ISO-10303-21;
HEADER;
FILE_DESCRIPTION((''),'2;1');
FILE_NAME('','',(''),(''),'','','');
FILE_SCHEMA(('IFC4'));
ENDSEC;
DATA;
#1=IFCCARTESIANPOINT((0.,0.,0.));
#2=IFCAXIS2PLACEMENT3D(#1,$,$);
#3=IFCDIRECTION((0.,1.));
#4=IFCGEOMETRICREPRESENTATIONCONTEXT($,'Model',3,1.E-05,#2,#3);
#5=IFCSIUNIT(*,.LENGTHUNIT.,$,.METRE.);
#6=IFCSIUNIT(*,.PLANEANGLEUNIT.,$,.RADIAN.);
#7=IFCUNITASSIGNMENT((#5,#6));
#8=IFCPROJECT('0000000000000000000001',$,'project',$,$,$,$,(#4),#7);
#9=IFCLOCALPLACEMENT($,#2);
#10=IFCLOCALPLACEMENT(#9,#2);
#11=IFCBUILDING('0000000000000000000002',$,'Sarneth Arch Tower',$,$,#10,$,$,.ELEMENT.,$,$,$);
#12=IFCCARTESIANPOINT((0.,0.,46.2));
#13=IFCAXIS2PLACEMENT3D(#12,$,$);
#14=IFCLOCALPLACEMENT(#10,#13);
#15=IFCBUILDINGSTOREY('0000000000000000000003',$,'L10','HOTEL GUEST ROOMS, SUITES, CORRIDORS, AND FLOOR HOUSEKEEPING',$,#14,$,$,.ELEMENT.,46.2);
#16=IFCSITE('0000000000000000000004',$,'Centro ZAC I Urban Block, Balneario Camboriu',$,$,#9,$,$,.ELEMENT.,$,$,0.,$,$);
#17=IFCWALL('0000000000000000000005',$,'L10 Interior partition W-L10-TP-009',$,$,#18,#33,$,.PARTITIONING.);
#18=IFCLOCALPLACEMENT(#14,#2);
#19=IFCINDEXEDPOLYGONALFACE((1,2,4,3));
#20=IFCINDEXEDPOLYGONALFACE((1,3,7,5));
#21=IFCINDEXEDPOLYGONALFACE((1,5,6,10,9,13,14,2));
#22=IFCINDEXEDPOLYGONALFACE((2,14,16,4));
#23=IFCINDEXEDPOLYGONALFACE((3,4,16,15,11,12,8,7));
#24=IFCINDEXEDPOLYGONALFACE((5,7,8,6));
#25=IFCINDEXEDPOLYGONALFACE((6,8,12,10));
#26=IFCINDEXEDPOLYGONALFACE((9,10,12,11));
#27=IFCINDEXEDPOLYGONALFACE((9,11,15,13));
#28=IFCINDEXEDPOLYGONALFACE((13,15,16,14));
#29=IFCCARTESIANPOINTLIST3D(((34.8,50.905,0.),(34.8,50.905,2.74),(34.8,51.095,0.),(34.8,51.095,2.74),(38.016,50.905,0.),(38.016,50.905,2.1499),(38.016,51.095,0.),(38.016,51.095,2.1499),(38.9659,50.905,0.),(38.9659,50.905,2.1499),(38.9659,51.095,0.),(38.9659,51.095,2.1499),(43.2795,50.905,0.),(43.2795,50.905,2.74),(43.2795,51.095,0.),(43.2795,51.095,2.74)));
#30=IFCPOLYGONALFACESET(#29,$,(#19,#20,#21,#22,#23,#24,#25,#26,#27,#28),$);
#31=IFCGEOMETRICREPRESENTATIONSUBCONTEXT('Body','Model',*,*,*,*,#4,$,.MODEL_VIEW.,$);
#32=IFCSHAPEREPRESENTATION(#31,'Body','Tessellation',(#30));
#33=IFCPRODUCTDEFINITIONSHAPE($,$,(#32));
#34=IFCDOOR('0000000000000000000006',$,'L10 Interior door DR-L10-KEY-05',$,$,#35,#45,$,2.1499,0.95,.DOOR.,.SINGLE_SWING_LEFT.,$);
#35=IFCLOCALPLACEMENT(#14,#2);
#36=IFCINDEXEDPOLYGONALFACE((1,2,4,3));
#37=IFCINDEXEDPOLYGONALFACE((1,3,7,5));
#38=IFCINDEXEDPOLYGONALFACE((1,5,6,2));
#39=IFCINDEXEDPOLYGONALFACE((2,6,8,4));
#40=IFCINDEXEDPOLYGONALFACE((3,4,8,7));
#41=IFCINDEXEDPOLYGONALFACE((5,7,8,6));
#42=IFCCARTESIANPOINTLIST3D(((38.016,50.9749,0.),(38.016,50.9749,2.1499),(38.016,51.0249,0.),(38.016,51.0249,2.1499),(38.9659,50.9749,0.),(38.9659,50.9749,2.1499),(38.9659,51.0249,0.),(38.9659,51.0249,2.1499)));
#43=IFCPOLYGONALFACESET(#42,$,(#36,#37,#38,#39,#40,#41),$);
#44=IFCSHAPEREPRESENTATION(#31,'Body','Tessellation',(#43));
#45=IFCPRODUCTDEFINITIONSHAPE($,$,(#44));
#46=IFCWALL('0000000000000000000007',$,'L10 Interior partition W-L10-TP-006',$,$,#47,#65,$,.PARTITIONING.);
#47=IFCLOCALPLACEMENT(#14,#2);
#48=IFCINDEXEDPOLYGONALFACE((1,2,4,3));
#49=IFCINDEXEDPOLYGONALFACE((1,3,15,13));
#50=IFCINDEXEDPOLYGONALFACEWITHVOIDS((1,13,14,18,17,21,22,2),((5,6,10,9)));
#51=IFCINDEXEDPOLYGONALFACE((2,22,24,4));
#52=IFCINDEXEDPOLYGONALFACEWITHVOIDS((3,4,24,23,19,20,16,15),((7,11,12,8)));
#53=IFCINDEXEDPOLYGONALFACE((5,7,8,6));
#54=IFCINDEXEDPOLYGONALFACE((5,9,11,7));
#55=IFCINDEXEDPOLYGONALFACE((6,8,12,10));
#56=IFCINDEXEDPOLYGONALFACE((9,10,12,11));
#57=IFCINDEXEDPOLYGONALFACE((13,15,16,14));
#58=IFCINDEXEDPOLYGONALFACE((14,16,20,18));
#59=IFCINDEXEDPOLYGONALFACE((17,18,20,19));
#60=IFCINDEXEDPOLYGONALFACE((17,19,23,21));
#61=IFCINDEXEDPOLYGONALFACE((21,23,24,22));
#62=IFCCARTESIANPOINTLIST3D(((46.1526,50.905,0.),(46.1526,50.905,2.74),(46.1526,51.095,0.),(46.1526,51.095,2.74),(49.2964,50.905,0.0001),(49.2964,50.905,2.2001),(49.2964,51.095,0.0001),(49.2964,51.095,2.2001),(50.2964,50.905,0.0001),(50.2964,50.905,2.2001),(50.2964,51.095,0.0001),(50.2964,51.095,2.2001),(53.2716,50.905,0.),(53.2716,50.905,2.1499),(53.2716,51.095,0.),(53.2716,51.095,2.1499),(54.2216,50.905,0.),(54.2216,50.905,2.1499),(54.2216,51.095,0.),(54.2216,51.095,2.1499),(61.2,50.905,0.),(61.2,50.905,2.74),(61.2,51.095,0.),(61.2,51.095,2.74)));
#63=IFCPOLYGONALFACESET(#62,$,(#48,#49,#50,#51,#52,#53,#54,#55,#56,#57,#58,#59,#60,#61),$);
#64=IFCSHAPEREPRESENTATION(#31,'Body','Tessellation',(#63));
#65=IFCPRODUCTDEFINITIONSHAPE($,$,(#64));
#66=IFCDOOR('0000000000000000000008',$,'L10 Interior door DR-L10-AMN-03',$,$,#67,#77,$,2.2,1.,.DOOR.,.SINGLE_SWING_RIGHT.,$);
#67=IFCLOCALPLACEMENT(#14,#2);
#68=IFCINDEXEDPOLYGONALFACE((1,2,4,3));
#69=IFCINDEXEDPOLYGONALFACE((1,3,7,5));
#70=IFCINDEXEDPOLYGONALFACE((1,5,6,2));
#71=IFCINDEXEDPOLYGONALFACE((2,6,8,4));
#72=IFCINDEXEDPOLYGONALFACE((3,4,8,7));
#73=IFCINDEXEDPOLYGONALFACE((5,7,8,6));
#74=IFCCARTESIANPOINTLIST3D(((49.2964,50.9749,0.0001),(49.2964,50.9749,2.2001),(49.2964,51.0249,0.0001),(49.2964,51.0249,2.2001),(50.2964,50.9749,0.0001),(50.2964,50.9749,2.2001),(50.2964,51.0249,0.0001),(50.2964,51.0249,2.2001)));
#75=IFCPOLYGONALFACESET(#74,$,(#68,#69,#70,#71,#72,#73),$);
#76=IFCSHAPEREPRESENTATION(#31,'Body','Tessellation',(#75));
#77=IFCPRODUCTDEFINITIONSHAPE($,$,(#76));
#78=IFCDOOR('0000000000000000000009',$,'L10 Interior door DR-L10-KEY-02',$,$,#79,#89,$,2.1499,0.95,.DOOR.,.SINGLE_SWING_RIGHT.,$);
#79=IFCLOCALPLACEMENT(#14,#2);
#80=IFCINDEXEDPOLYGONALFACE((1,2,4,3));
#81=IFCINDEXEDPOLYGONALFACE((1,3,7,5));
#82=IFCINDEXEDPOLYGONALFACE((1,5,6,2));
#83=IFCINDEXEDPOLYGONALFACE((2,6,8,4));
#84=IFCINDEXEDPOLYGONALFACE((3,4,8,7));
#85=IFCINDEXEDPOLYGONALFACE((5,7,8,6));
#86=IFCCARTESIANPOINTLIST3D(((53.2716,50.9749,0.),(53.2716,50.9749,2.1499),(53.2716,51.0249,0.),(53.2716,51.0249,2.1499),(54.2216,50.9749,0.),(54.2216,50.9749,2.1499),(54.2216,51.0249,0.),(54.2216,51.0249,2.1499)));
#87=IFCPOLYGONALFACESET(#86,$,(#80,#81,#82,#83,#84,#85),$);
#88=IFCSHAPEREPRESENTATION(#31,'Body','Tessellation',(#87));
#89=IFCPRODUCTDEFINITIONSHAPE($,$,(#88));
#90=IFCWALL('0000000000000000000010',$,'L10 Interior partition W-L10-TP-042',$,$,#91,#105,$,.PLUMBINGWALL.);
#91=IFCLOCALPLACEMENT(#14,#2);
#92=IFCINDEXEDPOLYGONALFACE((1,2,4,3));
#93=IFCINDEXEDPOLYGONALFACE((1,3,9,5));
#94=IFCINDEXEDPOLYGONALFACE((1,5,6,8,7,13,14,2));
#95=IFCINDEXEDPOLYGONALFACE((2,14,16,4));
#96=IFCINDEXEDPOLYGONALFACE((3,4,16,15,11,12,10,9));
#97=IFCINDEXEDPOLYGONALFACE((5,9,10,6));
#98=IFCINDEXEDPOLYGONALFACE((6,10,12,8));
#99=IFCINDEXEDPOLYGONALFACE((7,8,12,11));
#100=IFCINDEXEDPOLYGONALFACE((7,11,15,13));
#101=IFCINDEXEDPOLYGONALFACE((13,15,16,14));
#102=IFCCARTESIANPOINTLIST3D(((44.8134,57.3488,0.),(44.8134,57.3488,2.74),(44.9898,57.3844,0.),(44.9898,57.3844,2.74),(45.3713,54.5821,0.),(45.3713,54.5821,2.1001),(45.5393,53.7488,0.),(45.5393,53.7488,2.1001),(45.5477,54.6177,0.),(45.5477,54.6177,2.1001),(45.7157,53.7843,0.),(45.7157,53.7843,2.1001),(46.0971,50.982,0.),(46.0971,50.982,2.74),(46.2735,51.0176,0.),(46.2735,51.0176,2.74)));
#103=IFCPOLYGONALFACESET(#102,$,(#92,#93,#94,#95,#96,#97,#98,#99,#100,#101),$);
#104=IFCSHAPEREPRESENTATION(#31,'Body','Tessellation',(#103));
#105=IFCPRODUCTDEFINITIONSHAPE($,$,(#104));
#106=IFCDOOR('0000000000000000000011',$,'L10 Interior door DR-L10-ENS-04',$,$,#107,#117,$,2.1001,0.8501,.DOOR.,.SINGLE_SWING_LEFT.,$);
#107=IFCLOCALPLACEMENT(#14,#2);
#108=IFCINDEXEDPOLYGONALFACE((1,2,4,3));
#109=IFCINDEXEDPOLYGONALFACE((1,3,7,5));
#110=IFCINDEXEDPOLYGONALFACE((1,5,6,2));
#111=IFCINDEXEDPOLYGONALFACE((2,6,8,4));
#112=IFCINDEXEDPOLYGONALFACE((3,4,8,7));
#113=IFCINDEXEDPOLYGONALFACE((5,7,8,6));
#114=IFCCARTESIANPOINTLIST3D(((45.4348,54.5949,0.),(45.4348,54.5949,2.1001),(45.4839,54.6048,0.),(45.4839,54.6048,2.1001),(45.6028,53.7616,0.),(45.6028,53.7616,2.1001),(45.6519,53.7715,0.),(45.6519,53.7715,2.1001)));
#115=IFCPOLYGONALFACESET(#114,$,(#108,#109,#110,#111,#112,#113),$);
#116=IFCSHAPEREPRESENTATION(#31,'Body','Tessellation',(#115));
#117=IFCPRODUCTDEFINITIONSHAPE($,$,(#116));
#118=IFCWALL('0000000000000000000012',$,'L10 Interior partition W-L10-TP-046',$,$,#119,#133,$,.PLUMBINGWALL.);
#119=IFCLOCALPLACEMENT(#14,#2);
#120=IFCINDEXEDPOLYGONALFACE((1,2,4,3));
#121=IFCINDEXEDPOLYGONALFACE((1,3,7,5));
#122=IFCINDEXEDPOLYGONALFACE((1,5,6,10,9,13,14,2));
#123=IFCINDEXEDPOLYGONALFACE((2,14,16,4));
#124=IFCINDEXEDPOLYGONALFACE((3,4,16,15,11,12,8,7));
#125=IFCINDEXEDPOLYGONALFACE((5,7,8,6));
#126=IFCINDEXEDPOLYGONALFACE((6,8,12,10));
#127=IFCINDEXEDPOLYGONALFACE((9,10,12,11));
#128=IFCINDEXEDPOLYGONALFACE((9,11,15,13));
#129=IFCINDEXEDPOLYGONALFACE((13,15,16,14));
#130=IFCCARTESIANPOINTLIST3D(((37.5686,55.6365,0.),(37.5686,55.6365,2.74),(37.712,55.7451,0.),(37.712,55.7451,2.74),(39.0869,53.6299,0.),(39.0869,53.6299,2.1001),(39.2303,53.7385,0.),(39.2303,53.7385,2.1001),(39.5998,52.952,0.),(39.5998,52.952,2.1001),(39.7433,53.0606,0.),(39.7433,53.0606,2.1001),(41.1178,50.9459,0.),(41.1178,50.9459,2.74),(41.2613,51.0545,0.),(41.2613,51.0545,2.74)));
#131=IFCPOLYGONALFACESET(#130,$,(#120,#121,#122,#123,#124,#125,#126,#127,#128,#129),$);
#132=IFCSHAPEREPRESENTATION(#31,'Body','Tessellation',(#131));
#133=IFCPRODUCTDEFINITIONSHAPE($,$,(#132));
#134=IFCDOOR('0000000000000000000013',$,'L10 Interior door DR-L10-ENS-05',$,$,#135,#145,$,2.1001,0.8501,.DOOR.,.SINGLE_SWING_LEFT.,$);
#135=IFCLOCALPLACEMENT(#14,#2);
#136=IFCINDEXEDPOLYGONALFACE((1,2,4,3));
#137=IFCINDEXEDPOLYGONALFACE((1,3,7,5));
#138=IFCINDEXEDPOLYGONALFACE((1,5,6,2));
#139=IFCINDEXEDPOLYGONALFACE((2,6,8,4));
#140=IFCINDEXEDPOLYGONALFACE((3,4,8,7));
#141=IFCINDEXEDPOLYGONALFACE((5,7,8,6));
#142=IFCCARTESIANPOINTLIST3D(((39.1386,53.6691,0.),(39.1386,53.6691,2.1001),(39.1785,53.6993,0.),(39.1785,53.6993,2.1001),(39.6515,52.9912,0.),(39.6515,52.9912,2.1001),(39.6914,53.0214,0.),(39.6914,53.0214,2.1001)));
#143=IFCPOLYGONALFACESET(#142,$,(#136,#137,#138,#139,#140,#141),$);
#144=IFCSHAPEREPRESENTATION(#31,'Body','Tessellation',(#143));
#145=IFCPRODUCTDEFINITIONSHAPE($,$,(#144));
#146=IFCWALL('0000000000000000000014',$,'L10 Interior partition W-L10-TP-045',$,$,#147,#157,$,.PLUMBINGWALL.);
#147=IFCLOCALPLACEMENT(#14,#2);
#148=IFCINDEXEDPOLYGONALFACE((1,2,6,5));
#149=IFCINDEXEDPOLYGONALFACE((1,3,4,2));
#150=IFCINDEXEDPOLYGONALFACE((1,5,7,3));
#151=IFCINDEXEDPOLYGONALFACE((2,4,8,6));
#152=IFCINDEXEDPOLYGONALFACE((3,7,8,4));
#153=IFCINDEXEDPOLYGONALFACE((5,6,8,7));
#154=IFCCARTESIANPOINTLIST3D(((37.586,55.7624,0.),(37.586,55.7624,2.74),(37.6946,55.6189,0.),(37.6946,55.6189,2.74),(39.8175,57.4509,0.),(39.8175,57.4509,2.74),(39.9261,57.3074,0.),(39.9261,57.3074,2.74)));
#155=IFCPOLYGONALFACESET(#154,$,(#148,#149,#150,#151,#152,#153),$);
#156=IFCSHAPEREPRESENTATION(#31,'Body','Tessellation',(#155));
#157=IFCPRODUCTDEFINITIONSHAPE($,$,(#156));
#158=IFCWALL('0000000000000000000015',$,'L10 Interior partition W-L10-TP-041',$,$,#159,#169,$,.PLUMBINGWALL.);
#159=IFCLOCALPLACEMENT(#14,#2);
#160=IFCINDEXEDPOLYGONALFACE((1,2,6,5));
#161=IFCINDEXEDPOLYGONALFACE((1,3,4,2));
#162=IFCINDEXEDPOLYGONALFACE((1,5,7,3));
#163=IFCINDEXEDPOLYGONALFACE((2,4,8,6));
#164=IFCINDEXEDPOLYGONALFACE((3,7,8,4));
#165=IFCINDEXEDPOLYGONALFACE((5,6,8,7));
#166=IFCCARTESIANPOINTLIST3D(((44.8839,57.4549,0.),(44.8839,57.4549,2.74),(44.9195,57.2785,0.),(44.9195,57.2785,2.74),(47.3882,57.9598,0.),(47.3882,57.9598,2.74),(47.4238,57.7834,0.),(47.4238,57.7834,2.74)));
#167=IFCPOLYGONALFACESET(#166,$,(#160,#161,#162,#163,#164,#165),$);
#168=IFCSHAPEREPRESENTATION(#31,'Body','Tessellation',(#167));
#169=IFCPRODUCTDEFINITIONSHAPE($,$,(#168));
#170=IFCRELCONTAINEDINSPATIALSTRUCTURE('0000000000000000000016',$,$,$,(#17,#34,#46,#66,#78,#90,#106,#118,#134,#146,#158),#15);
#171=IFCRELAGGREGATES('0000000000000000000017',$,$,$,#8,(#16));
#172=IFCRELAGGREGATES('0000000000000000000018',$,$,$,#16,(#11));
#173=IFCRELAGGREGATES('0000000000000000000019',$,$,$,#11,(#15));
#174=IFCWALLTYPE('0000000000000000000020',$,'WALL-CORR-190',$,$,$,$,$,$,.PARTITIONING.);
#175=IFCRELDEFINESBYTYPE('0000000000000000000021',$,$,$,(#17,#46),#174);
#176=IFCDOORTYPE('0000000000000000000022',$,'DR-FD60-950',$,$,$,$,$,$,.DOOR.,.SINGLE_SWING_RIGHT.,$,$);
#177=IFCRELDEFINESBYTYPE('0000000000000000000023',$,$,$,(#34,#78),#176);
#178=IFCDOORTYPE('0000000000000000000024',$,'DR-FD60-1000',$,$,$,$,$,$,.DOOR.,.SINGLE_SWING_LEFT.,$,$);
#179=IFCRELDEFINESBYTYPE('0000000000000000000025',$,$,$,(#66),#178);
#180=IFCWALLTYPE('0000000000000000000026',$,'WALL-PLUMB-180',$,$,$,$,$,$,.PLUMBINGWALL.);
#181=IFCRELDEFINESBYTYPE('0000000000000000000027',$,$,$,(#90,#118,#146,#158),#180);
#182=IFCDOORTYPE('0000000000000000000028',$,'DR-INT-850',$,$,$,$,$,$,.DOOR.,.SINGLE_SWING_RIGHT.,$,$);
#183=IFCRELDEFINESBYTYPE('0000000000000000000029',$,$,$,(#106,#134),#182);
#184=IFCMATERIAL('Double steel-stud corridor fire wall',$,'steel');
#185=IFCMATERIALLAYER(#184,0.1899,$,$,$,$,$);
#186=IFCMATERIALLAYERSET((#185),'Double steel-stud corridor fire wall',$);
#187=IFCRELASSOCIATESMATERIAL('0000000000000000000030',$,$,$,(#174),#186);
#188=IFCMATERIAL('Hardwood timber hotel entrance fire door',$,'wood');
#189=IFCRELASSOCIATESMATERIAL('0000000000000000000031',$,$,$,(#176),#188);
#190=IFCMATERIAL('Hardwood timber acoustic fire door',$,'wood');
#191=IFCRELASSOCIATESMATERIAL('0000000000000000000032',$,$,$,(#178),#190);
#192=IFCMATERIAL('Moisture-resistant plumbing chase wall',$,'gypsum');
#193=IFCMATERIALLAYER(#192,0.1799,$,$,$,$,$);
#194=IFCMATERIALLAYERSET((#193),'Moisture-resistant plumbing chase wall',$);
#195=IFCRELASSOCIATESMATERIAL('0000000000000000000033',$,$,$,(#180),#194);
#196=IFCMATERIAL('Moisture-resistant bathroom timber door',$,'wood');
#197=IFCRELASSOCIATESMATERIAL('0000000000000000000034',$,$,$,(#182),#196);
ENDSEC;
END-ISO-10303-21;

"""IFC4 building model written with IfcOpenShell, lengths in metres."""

from ifc_helpers import new_model, si_unit, direction, frame, frame_2d, origin, place, context, subcontext, project, spatial, rectangle, extrude, material, layer, layer_set, type_object, element, fill, save


model = new_model("IFC4")

# Units and contexts
model_context = context("Model", 3, precision=1e-05, world=origin(), true_north=direction((0.0, 1.0)))
body_context = subcontext(model_context, "Body", "Model", "MODEL_VIEW")
ifc_project = project(units=[si_unit("LENGTHUNIT", "METRE"), si_unit("PLANEANGLEUNIT", "RADIAN")], contexts=[model_context])

# Site, building, storey
site_placement = place(None, origin())
site = spatial("IfcSite", under=ifc_project, at=site_placement, Name="Centro ZAC I Urban Block, Balneario Camboriu", CompositionType="ELEMENT", RefElevation=0.0)
building_placement = place(site_placement, origin())
building = spatial("IfcBuilding", under=site, at=building_placement, Name="Sarneth Arch Tower", CompositionType="ELEMENT")
storey_placement = place(building_placement, frame((0.0, 0.0, 46.2)))
storey = spatial("IfcBuildingStorey", under=building, at=storey_placement, Name="L10", Description="HOTEL GUEST ROOMS, SUITES, CORRIDORS, AND FLOOR HOUSEKEEPING", CompositionType="ELEMENT", Elevation=46.2)

# Wall, opening, door
ifc_material_1 = material(Name="Double steel-stud corridor fire wall", Category="steel")
ifc_layer_1 = layer(ifc_material_1, 0.1899)
ifc_layer_set_1 = layer_set([ifc_layer_1], Name="Double steel-stud corridor fire wall")
wall_type_1 = type_object("IfcWallType", Name="WALL-CORR-190", PredefinedType="PARTITIONING", material=ifc_layer_set_1)
wall_1_placement = place(storey_placement, frame((34.8, 51.0, 0.0), z_axis=(0.0, 0.0, 1.0), x_axis=(1.0, 0.0, 0.0)))
wall_1 = element("IfcWall", 1, at=wall_1_placement, inside=storey, type_object=wall_type_1, Name="L10 Interior partition W-L10-TP-009", PredefinedType="PARTITIONING", context=body_context, shape_type="SweptSolid", body=[
    extrude(rectangle(XDim=8.4795, YDim=0.1899, at=frame_2d((4.2397, 0.0))), origin(), (0.0, 0.0, 1.0), 2.74),
])
opening_1_placement = place(wall_1_placement, frame((3.2158, 0.0, 0.0)))
opening_1 = element("IfcOpeningElement", 2, at=opening_1_placement, cuts=wall_1, PredefinedType="OPENING", context=body_context, shape_type="SweptSolid", body=[
    extrude(rectangle(XDim=0.95, YDim=2.1499, at=frame_2d((0.4751, 1.075))), frame((0.0, 0.105, 0.0), z_axis=(0.0, -1.0, 0.0), x_axis=(1.0, 0.0, 0.0)), (0.0, 0.0, 1.0), 0.21),
])
ifc_material_2 = material(Name="Hardwood timber hotel entrance fire door", Category="wood")
door_type_1 = type_object("IfcDoorType", Name="DR-FD60-950", OperationType="SINGLE_SWING_RIGHT", PredefinedType="DOOR", material=ifc_material_2)
door_1_placement = place(opening_1_placement, origin())
door_1 = element("IfcDoor", 3, at=door_1_placement, inside=storey, type_object=door_type_1, Name="L10 Interior door DR-L10-KEY-05", OperationType="SINGLE_SWING_LEFT", OverallHeight=2.1499, OverallWidth=0.95, PredefinedType="DOOR", context=body_context, shape_type="SweptSolid", body=[
    extrude(rectangle(XDim=0.95, YDim=2.1499, at=frame_2d((0.4751, 1.075))), frame((0.0, 0.0249, 0.0), z_axis=(0.0, -1.0, 0.0), x_axis=(1.0, 0.0, 0.0)), (0.0, 0.0, 1.0), 0.05),
])
fill(opening_1, door_1)

# Wall, openings, doors
wall_2_placement = place(storey_placement, frame((46.1526, 51.0, 0.0), z_axis=(0.0, 0.0, 1.0), x_axis=(1.0, 0.0, 0.0)))
wall_2 = element("IfcWall", 4, at=wall_2_placement, inside=storey, type_object=wall_type_1, Name="L10 Interior partition W-L10-TP-006", PredefinedType="PARTITIONING", context=body_context, shape_type="SweptSolid", body=[
    extrude(rectangle(XDim=15.0474, YDim=0.1899, at=frame_2d((7.5237, 0.0))), origin(), (0.0, 0.0, 1.0), 2.74),
])
opening_2_placement = place(wall_2_placement, frame((3.1438, 0.0, 0.0)))
opening_2 = element("IfcOpeningElement", 5, at=opening_2_placement, cuts=wall_2, PredefinedType="OPENING", context=body_context, shape_type="SweptSolid", body=[
    extrude(rectangle(XDim=1.0, YDim=2.2, at=frame_2d((0.5, 1.1001))), frame((0.0, 0.105, 0.0), z_axis=(0.0, -1.0, 0.0), x_axis=(1.0, 0.0, 0.0)), (0.0, 0.0, 1.0), 0.21),
])
opening_3_placement = place(wall_2_placement, frame((7.1189, 0.0, 0.0)))
opening_3 = element("IfcOpeningElement", 6, at=opening_3_placement, cuts=wall_2, PredefinedType="OPENING", context=body_context, shape_type="SweptSolid", body=[
    extrude(rectangle(XDim=0.95, YDim=2.1499, at=frame_2d((0.4751, 1.075))), frame((0.0, 0.105, 0.0), z_axis=(0.0, -1.0, 0.0), x_axis=(1.0, 0.0, 0.0)), (0.0, 0.0, 1.0), 0.21),
])
ifc_material_3 = material(Name="Hardwood timber acoustic fire door", Category="wood")
door_type_2 = type_object("IfcDoorType", Name="DR-FD60-1000", OperationType="SINGLE_SWING_LEFT", PredefinedType="DOOR", material=ifc_material_3)
door_2_placement = place(opening_2_placement, origin())
door_2 = element("IfcDoor", 7, at=door_2_placement, inside=storey, type_object=door_type_2, Name="L10 Interior door DR-L10-AMN-03", OperationType="SINGLE_SWING_RIGHT", OverallHeight=2.2, OverallWidth=1.0, PredefinedType="DOOR", context=body_context, shape_type="SweptSolid", body=[
    extrude(rectangle(XDim=1.0, YDim=2.2, at=frame_2d((0.5, 1.1001))), frame((0.0, 0.0249, 0.0), z_axis=(0.0, -1.0, 0.0), x_axis=(1.0, 0.0, 0.0)), (0.0, 0.0, 1.0), 0.05),
])
fill(opening_2, door_2)
door_3_placement = place(opening_3_placement, origin())
door_3 = element("IfcDoor", 8, at=door_3_placement, inside=storey, type_object=door_type_1, Name="L10 Interior door DR-L10-KEY-02", OperationType="SINGLE_SWING_RIGHT", OverallHeight=2.1499, OverallWidth=0.95, PredefinedType="DOOR", context=body_context, shape_type="SweptSolid", body=[
    extrude(rectangle(XDim=0.95, YDim=2.1499, at=frame_2d((0.4751, 1.075))), frame((0.0, 0.0249, 0.0), z_axis=(0.0, -1.0, 0.0), x_axis=(1.0, 0.0, 0.0)), (0.0, 0.0, 1.0), 0.05),
])
fill(opening_3, door_3)

# Walls, openings, doors
ifc_material_4 = material(Name="Moisture-resistant plumbing chase wall", Category="gypsum")
ifc_layer_2 = layer(ifc_material_4, 0.1799)
ifc_layer_set_2 = layer_set([ifc_layer_2], Name="Moisture-resistant plumbing chase wall")
wall_type_2 = type_object("IfcWallType", Name="WALL-PLUMB-180", PredefinedType="PLUMBINGWALL", material=ifc_layer_set_2)
wall_3_placement = place(storey_placement, frame((44.9016, 57.3667, 0.0), z_axis=(0.0, 0.0, 1.0), x_axis=(0.197648, -0.980273, 0.0)))
wall_3 = element("IfcWall", 9, at=wall_3_placement, inside=storey, type_object=wall_type_2, Name="L10 Interior partition W-L10-TP-042", PredefinedType="PLUMBINGWALL", context=body_context, shape_type="SweptSolid", body=[
    extrude(rectangle(XDim=6.4949, YDim=0.1799, at=frame_2d((3.2476, 0.0))), origin(), (0.0, 0.0, 1.0), 2.74),
])
opening_4_placement = place(wall_3_placement, frame((2.8225, 0.0, 0.0)))
opening_4 = element("IfcOpeningElement", 10, at=opening_4_placement, cuts=wall_3, PredefinedType="OPENING", context=body_context, shape_type="SweptSolid", body=[
    extrude(rectangle(XDim=0.8501, YDim=2.1001, at=frame_2d((0.425, 1.05))), frame((0.0, 0.0999, 0.0), z_axis=(0.0, -1.0, 0.0), x_axis=(1.0, 0.0, 0.0)), (0.0, 0.0, 1.0), 0.2),
])
ifc_material_5 = material(Name="Moisture-resistant bathroom timber door", Category="wood")
door_type_3 = type_object("IfcDoorType", Name="DR-INT-850", OperationType="SINGLE_SWING_RIGHT", PredefinedType="DOOR", material=ifc_material_5)
door_4_placement = place(opening_4_placement, origin())
door_4 = element("IfcDoor", 11, at=door_4_placement, inside=storey, type_object=door_type_3, Name="L10 Interior door DR-L10-ENS-04", OperationType="SINGLE_SWING_LEFT", OverallHeight=2.1001, OverallWidth=0.8501, PredefinedType="DOOR", context=body_context, shape_type="SweptSolid", body=[
    extrude(rectangle(XDim=0.8501, YDim=2.1001, at=frame_2d((0.425, 1.05))), frame((0.0, 0.0249, 0.0), z_axis=(0.0, -1.0, 0.0), x_axis=(1.0, 0.0, 0.0)), (0.0, 0.0, 1.0), 0.05),
])
fill(opening_4, door_4)
wall_4_placement = place(storey_placement, frame((37.6404, 55.6907, 0.0), z_axis=(0.0, 0.0, 1.0), x_axis=(0.603401, -0.797438, 0.0)))
wall_4 = element("IfcWall", 12, at=wall_4_placement, inside=storey, type_object=wall_type_2, Name="L10 Interior partition W-L10-TP-046", PredefinedType="PLUMBINGWALL", context=body_context, shape_type="SweptSolid", body=[
    extrude(rectangle(XDim=5.8821, YDim=0.1799, at=frame_2d((2.9409, 0.0))), origin(), (0.0, 0.0, 1.0), 2.74),
])
opening_5_placement = place(wall_4_placement, frame((2.5161, 0.0, 0.0)))
opening_5 = element("IfcOpeningElement", 13, at=opening_5_placement, cuts=wall_4, PredefinedType="OPENING", context=body_context, shape_type="SweptSolid", body=[
    extrude(rectangle(XDim=0.8501, YDim=2.1001, at=frame_2d((0.425, 1.05))), frame((0.0, 0.0999, 0.0), z_axis=(0.0, -1.0, 0.0), x_axis=(1.0, 0.0, 0.0)), (0.0, 0.0, 1.0), 0.2),
])
door_5_placement = place(opening_5_placement, origin())
door_5 = element("IfcDoor", 14, at=door_5_placement, inside=storey, type_object=door_type_3, Name="L10 Interior door DR-L10-ENS-05", OperationType="SINGLE_SWING_LEFT", OverallHeight=2.1001, OverallWidth=0.8501, PredefinedType="DOOR", context=body_context, shape_type="SweptSolid", body=[
    extrude(rectangle(XDim=0.8501, YDim=2.1001, at=frame_2d((0.425, 1.05))), frame((0.0, 0.0249, 0.0), z_axis=(0.0, -1.0, 0.0), x_axis=(1.0, 0.0, 0.0)), (0.0, 0.0, 1.0), 0.05),
])
fill(opening_5, door_5)

# Walls
wall_5_placement = place(storey_placement, frame((39.8718, 57.3792, 0.0), z_axis=(0.0, 0.0, 1.0), x_axis=(-0.797438, -0.603401, 0.0)))
element("IfcWall", 15, at=wall_5_placement, inside=storey, type_object=wall_type_2, Name="L10 Interior partition W-L10-TP-045", PredefinedType="PLUMBINGWALL", context=body_context, shape_type="SweptSolid", body=[
    extrude(rectangle(XDim=2.7983, YDim=0.1799, at=frame_2d((1.3992, 0.0))), origin(), (0.0, 0.0, 1.0), 2.74),
])
wall_6_placement = place(storey_placement, frame((47.406, 57.8716, 0.0), z_axis=(0.0, 0.0, 1.0), x_axis=(-0.980278, -0.197623, 0.0)))
element("IfcWall", 16, at=wall_6_placement, inside=storey, type_object=wall_type_2, Name="L10 Interior partition W-L10-TP-041", PredefinedType="PLUMBINGWALL", context=body_context, shape_type="SweptSolid", body=[
    extrude(rectangle(XDim=2.5547, YDim=0.1799, at=frame_2d((1.2773, 0.0))), origin(), (0.0, 0.0, 1.0), 2.74),
])

save(model, "model.ifc")
